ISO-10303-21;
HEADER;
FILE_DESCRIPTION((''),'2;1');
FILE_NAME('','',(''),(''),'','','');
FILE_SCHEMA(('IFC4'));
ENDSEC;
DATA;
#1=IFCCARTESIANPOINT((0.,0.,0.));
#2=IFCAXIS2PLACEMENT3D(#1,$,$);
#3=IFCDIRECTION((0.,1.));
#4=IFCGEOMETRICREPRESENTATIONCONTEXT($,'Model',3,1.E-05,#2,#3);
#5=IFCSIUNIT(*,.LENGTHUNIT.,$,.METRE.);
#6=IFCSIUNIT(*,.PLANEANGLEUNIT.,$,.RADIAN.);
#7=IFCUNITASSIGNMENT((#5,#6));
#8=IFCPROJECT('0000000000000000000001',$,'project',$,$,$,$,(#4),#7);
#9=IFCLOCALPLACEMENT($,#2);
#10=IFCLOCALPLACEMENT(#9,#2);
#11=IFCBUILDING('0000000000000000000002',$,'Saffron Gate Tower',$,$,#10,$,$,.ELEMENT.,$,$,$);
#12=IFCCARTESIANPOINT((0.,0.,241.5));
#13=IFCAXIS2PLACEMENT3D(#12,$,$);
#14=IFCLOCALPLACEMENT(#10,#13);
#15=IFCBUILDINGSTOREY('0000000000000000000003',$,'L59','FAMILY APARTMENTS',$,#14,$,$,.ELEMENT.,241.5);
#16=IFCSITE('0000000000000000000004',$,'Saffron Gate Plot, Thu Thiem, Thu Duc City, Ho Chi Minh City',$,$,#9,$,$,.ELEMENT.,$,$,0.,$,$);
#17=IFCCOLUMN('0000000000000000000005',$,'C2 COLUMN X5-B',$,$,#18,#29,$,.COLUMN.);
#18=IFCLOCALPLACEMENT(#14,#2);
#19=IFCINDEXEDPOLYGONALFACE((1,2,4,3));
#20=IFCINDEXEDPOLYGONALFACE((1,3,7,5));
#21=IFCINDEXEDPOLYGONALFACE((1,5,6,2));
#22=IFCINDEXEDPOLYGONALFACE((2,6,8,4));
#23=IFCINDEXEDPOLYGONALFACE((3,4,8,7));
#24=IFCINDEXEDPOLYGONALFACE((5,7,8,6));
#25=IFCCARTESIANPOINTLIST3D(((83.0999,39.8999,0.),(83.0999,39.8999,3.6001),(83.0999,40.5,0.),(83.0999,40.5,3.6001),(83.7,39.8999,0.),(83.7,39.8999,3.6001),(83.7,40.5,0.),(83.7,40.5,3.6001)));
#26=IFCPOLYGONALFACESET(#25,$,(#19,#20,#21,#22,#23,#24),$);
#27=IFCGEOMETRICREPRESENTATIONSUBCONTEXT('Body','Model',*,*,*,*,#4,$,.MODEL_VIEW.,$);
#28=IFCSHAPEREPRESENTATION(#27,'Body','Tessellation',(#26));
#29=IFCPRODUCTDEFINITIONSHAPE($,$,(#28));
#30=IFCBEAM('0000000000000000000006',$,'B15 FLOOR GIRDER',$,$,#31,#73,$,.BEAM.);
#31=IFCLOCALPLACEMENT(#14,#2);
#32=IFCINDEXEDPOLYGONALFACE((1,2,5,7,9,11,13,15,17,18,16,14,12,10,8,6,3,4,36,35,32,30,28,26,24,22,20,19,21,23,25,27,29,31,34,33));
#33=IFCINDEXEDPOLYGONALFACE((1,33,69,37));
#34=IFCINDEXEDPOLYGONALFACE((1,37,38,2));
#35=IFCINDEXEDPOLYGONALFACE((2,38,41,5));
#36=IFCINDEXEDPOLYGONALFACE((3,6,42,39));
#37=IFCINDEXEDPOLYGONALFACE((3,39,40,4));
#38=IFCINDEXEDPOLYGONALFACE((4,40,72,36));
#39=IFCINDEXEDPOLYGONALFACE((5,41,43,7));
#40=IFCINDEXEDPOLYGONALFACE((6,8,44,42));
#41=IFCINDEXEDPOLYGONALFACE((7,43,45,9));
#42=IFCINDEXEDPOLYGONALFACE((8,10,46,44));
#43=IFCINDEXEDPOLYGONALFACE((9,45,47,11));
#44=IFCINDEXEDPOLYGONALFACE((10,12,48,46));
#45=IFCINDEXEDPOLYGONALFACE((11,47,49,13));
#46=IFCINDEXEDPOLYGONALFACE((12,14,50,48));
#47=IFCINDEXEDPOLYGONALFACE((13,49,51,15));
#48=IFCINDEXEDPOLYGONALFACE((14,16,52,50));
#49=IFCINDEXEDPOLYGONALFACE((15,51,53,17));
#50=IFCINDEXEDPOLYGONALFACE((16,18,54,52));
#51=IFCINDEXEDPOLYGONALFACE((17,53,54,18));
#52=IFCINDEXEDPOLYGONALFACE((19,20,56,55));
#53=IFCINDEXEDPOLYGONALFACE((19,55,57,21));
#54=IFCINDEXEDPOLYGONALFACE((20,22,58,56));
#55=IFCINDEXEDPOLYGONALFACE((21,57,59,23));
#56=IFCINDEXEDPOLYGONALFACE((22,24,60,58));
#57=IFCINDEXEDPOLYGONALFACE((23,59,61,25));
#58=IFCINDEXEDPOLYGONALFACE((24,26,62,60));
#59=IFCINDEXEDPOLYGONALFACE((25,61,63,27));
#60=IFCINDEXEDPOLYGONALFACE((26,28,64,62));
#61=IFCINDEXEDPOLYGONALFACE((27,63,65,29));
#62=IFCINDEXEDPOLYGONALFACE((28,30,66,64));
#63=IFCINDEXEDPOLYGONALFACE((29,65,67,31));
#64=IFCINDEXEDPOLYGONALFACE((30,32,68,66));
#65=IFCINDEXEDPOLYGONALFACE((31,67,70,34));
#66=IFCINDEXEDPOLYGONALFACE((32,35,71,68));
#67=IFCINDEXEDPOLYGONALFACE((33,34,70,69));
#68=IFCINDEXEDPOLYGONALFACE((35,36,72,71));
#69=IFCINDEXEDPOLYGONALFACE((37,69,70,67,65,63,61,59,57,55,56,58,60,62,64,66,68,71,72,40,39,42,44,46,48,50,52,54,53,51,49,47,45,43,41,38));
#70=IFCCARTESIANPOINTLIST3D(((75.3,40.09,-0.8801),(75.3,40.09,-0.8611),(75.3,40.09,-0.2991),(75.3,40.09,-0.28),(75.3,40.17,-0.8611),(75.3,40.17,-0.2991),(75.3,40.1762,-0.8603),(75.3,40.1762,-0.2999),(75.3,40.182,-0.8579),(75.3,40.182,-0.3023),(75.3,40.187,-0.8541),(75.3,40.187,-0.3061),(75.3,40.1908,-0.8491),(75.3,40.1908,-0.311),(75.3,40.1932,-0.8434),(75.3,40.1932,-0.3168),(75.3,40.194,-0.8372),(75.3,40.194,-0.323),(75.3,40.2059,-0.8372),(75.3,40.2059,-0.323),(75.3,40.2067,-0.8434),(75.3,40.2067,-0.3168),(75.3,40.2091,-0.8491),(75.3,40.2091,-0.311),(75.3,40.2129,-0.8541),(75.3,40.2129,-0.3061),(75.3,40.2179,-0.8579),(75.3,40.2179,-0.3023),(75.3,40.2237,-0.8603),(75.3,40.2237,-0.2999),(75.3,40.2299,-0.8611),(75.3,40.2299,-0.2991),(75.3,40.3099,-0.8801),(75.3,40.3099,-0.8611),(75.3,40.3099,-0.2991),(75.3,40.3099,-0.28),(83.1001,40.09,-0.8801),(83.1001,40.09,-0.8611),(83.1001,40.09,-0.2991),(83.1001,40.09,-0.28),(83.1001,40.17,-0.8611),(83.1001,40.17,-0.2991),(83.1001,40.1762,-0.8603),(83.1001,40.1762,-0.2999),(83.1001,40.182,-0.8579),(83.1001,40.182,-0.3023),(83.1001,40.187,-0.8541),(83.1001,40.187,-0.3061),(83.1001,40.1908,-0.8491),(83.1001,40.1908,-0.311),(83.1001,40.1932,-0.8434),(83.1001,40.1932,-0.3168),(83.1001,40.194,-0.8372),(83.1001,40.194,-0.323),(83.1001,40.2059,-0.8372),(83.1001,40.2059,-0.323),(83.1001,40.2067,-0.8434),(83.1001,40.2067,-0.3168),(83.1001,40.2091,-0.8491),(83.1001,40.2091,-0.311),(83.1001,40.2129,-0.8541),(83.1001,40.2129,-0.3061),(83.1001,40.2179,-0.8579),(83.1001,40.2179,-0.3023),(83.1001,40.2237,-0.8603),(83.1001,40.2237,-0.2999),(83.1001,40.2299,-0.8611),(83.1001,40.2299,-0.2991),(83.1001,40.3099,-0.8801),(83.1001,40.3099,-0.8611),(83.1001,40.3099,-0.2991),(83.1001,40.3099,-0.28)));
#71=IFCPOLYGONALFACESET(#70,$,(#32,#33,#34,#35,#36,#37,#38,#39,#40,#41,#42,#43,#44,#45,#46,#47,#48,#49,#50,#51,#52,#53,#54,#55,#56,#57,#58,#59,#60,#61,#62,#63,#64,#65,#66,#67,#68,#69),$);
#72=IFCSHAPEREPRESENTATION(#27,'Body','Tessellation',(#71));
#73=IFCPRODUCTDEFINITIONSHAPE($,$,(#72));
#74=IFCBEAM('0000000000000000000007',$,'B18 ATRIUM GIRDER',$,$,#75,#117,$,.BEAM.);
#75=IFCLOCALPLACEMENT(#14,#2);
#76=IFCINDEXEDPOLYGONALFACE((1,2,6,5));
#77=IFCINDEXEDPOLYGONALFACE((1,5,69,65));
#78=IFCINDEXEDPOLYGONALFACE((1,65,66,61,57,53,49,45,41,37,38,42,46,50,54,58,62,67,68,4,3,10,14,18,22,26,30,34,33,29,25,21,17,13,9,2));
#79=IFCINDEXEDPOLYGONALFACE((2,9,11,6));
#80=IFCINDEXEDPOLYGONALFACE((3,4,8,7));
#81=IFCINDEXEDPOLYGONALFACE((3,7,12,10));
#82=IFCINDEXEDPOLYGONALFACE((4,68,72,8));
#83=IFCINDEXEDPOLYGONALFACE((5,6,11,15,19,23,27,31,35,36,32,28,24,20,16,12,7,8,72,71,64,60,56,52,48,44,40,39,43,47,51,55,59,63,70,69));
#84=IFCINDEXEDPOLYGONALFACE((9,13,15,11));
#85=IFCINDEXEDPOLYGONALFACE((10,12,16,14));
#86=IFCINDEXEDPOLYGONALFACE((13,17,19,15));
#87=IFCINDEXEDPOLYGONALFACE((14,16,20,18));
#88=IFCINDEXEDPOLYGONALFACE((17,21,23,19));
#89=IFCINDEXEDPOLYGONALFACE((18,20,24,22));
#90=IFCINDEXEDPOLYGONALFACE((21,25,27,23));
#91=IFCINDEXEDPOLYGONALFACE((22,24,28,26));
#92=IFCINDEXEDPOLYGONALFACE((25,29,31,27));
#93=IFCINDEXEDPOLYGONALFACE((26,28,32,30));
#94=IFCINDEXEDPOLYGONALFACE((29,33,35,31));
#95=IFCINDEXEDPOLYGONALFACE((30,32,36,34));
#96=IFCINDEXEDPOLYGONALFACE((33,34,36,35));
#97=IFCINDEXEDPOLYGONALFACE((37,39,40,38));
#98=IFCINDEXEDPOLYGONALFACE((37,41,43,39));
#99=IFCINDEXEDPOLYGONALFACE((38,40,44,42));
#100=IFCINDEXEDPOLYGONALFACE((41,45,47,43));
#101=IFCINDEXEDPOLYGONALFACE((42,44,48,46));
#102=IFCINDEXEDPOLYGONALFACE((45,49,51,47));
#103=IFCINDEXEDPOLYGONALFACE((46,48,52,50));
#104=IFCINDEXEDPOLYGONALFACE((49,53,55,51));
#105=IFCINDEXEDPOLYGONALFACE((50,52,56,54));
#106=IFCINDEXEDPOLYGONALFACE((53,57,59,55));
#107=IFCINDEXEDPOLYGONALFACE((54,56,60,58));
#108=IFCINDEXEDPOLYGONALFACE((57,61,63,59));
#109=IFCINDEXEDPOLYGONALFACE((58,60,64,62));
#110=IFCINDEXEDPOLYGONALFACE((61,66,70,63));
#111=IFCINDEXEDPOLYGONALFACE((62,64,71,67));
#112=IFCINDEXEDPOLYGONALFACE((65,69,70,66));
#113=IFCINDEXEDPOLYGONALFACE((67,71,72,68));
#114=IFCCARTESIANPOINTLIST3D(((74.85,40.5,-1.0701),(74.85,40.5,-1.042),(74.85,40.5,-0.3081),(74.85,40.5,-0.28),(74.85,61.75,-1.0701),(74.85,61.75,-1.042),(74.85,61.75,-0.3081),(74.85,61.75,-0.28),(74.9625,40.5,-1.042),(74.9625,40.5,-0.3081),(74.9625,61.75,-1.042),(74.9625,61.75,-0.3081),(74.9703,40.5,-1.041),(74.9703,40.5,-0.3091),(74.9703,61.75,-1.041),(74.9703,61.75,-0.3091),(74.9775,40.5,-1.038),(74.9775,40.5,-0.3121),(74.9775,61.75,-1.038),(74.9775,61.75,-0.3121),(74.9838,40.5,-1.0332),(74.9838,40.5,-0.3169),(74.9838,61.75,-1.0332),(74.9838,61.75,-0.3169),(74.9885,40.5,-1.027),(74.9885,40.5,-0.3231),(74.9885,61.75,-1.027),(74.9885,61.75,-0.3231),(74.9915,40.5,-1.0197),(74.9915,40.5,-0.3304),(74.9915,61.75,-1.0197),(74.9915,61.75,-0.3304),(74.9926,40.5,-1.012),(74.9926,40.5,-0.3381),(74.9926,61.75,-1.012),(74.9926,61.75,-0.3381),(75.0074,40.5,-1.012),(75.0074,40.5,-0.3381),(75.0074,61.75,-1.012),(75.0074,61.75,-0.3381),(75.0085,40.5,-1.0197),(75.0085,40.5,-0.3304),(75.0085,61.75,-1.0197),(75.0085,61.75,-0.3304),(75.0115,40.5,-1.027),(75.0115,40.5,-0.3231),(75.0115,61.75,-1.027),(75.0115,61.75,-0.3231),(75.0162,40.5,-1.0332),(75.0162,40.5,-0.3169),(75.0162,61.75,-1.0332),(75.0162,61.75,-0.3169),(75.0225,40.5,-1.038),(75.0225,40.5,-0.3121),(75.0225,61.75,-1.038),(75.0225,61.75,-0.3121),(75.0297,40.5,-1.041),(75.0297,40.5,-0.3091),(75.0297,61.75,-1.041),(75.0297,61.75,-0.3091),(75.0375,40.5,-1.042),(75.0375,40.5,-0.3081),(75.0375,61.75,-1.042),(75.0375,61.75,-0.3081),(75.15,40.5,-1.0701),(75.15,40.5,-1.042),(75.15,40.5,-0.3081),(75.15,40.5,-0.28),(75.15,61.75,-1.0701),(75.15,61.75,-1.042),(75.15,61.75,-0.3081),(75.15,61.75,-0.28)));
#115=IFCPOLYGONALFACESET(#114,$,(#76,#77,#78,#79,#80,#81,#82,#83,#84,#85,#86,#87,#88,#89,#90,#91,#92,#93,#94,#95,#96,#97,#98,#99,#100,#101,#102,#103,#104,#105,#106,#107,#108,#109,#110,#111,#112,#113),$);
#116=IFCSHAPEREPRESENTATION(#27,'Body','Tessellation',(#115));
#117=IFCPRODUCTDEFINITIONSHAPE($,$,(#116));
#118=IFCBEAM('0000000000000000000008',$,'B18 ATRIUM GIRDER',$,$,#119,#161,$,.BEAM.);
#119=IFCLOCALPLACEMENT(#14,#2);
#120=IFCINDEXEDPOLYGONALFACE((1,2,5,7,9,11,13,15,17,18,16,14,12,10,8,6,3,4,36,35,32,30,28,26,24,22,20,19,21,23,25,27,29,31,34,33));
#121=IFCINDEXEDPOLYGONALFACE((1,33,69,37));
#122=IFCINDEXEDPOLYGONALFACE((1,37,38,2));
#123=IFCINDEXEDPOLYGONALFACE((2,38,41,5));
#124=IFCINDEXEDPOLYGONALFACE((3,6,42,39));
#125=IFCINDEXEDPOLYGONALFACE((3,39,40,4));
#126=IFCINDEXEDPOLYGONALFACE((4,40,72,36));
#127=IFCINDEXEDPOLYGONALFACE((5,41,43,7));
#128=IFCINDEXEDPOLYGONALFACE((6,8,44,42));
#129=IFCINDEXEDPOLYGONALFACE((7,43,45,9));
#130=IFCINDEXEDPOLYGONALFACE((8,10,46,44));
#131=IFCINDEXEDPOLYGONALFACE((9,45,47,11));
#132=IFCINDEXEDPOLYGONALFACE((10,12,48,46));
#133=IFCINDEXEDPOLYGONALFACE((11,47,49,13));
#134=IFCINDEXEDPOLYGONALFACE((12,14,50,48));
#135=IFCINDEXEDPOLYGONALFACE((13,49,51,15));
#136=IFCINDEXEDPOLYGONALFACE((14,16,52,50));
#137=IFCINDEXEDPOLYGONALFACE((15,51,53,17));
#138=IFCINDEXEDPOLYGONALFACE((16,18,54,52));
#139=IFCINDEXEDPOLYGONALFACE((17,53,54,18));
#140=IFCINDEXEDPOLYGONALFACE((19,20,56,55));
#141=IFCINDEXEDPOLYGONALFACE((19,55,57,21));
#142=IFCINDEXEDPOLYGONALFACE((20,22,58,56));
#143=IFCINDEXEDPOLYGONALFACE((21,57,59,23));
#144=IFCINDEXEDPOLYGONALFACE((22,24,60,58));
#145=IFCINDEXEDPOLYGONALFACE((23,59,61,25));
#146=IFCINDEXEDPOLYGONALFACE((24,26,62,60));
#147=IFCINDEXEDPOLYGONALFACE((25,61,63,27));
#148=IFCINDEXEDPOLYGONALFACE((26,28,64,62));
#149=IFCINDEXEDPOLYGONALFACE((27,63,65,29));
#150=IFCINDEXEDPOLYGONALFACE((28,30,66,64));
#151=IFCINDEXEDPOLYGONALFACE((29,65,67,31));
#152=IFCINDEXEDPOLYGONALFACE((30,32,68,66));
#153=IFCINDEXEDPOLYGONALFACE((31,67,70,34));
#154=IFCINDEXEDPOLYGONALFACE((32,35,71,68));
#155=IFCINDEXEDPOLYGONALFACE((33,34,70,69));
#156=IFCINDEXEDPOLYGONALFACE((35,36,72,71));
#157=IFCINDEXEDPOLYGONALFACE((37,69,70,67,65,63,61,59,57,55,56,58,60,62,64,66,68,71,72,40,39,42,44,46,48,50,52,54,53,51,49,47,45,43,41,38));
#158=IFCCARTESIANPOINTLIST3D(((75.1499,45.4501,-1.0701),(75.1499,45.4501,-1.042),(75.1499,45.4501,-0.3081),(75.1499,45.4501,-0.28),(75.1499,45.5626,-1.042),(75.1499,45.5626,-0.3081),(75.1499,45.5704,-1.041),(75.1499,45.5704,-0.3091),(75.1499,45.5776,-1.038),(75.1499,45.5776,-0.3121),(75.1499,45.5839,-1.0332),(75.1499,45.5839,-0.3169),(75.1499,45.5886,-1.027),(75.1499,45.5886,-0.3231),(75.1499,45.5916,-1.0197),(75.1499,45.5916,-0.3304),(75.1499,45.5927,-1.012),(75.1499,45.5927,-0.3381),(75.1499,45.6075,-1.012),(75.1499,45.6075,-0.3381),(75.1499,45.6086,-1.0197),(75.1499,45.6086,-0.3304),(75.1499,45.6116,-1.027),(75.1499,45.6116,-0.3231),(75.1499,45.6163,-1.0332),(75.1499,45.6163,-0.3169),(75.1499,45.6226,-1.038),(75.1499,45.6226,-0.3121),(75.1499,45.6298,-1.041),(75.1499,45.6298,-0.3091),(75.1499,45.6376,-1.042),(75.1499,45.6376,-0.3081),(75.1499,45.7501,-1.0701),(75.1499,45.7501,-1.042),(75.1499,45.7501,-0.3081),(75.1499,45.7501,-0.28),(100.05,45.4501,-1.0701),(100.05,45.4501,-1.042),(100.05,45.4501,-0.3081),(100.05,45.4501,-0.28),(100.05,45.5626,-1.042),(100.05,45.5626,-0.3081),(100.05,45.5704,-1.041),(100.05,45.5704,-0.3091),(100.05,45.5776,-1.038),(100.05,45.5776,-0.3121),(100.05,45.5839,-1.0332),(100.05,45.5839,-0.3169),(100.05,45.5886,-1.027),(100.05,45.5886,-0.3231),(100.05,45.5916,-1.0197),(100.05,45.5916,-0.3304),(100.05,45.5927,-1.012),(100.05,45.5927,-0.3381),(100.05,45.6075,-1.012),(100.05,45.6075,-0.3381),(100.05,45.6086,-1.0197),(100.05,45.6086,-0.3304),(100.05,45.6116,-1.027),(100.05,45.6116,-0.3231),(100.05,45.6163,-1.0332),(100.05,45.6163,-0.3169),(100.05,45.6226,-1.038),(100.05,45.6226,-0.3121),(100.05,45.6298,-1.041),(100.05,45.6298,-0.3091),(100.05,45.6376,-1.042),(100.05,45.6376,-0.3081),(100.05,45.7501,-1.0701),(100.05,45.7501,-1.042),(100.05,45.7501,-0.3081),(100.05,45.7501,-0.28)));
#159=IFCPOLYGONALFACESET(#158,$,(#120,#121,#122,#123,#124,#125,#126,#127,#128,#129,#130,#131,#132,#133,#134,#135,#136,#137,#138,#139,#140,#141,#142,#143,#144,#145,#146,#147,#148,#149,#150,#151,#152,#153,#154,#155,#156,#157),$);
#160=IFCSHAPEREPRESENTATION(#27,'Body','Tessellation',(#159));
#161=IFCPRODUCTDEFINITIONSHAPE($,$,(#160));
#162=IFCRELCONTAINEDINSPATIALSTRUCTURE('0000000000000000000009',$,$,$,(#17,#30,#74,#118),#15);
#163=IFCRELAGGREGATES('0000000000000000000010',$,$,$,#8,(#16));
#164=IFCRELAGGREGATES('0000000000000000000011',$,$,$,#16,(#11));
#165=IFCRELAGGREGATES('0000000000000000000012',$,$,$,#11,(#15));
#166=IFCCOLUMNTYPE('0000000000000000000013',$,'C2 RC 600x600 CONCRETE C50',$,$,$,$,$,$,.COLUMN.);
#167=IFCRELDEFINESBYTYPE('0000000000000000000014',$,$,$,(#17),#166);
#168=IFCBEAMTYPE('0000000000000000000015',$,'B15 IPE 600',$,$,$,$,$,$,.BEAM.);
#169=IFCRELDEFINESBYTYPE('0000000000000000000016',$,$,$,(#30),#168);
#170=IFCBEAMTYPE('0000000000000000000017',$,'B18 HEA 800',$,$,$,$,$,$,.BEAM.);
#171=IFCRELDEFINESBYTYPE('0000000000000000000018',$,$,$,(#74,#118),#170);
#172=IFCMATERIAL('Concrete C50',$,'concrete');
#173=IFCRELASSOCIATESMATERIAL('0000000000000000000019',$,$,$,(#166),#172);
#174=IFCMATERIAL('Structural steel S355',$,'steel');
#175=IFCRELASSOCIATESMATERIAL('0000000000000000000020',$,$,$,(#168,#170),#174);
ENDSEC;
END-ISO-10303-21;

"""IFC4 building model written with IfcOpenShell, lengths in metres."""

from ifc_helpers import new_model, si_unit, direction, frame, origin, origin_2d, place, context, subcontext, project, spatial, rectangle, i_section, extrude, material, material_profile, profile_set, type_object, element, save


model = new_model("IFC4")

# Units and contexts
model_context = context("Model", 3, precision=1e-05, world=origin(), true_north=direction((0.0, 1.0)))
body_context = subcontext(model_context, "Body", "Model", "MODEL_VIEW")
ifc_project = project(units=[si_unit("LENGTHUNIT", "METRE"), si_unit("PLANEANGLEUNIT", "RADIAN")], contexts=[model_context])

# Site, building, storey
site_placement = place(None, origin())
site = spatial("IfcSite", under=ifc_project, at=site_placement, Name="Saffron Gate Plot, Thu Thiem, Thu Duc City, Ho Chi Minh City", CompositionType="ELEMENT", RefElevation=0.0)
building_placement = place(site_placement, origin())
building = spatial("IfcBuilding", under=site, at=building_placement, Name="Saffron Gate Tower", CompositionType="ELEMENT")
storey_placement = place(building_placement, frame((0.0, 0.0, 241.5)))
storey = spatial("IfcBuildingStorey", under=building, at=storey_placement, Name="L59", Description="FAMILY APARTMENTS", CompositionType="ELEMENT", Elevation=241.5)

# Column
ifc_material_1 = material(Name="Concrete C50", Category="concrete")
ifc_material_profile_1 = material_profile(ifc_material_1, rectangle(XDim=0.6001, YDim=0.6001, at=origin_2d()))
ifc_profile_set_1 = profile_set([ifc_material_profile_1], Name="Concrete C50")
column_type = type_object("IfcColumnType", Name="C2 RC 600x600 CONCRETE C50", PredefinedType="COLUMN", material=ifc_profile_set_1)
column_placement = place(storey_placement, frame((83.3999, 40.2, 0.0), z_axis=(0.0, 0.0, 1.0), x_axis=(1.0, 0.0, 0.0)))
element("IfcColumn", 1, at=column_placement, inside=storey, type_object=column_type, Name="C2 COLUMN X5-B", PredefinedType="COLUMN", context=body_context, shape_type="SweptSolid", body=[
    extrude(rectangle(XDim=0.6001, YDim=0.6001, at=origin_2d()), origin(), (0.0, 0.0, 1.0), 3.6001),
])

# Beams
ifc_material_2 = material(Name="Structural steel S355", Category="steel")
ifc_material_profile_2 = material_profile(ifc_material_2, i_section(OverallWidth=0.22, OverallDepth=0.6001, WebThickness=0.012, FlangeThickness=0.019, FilletRadius=0.0239, at=origin_2d()))
ifc_profile_set_2 = profile_set([ifc_material_profile_2], Name="Structural steel S355")
beam_type_1 = type_object("IfcBeamType", Name="B15 IPE 600", PredefinedType="BEAM", material=ifc_profile_set_2)
beam_1_placement = place(storey_placement, frame((75.3, 40.2, -0.5801), z_axis=(1.0, 0.0, 0.0), x_axis=(0.0, 1.0, 0.0)))
element("IfcBeam", 2, at=beam_1_placement, inside=storey, type_object=beam_type_1, Name="B15 FLOOR GIRDER", PredefinedType="BEAM", context=body_context, shape_type="SweptSolid", body=[
    extrude(i_section(OverallWidth=0.22, OverallDepth=0.6001, WebThickness=0.012, FlangeThickness=0.019, FilletRadius=0.0239, at=origin_2d()), origin(), (0.0, 0.0, 1.0), 7.8),
])
ifc_material_profile_3 = material_profile(ifc_material_2, i_section(OverallWidth=0.3, OverallDepth=0.79, WebThickness=0.0149, FlangeThickness=0.0281, FilletRadius=0.03, at=origin_2d()))
ifc_profile_set_3 = profile_set([ifc_material_profile_3], Name="Structural steel S355")
beam_type_2 = type_object("IfcBeamType", Name="B18 HEA 800", PredefinedType="BEAM", material=ifc_profile_set_3)
beam_2_placement = place(storey_placement, frame((75.0, 40.5, -0.675), z_axis=(0.0, 1.0, 0.0), x_axis=(-1.0, 0.0, 0.0)))
element("IfcBeam", 3, at=beam_2_placement, inside=storey, type_object=beam_type_2, Name="B18 ATRIUM GIRDER", PredefinedType="BEAM", context=body_context, shape_type="SweptSolid", body=[
    extrude(i_section(OverallWidth=0.3, OverallDepth=0.79, WebThickness=0.0149, FlangeThickness=0.0281, FilletRadius=0.03, at=origin_2d()), origin(), (0.0, 0.0, 1.0), 21.25),
])
beam_3_placement = place(storey_placement, frame((75.1499, 45.6001, -0.675), z_axis=(1.0, 0.0, 0.0), x_axis=(0.0, 1.0, 0.0)))
element("IfcBeam", 4, at=beam_3_placement, inside=storey, type_object=beam_type_2, Name="B18 ATRIUM GIRDER", PredefinedType="BEAM", context=body_context, shape_type="SweptSolid", body=[
    extrude(i_section(OverallWidth=0.3, OverallDepth=0.79, WebThickness=0.0149, FlangeThickness=0.0281, FilletRadius=0.03, at=origin_2d()), origin(), (0.0, 0.0, 1.0), 24.9001),
])

save(model, "model.ifc")
